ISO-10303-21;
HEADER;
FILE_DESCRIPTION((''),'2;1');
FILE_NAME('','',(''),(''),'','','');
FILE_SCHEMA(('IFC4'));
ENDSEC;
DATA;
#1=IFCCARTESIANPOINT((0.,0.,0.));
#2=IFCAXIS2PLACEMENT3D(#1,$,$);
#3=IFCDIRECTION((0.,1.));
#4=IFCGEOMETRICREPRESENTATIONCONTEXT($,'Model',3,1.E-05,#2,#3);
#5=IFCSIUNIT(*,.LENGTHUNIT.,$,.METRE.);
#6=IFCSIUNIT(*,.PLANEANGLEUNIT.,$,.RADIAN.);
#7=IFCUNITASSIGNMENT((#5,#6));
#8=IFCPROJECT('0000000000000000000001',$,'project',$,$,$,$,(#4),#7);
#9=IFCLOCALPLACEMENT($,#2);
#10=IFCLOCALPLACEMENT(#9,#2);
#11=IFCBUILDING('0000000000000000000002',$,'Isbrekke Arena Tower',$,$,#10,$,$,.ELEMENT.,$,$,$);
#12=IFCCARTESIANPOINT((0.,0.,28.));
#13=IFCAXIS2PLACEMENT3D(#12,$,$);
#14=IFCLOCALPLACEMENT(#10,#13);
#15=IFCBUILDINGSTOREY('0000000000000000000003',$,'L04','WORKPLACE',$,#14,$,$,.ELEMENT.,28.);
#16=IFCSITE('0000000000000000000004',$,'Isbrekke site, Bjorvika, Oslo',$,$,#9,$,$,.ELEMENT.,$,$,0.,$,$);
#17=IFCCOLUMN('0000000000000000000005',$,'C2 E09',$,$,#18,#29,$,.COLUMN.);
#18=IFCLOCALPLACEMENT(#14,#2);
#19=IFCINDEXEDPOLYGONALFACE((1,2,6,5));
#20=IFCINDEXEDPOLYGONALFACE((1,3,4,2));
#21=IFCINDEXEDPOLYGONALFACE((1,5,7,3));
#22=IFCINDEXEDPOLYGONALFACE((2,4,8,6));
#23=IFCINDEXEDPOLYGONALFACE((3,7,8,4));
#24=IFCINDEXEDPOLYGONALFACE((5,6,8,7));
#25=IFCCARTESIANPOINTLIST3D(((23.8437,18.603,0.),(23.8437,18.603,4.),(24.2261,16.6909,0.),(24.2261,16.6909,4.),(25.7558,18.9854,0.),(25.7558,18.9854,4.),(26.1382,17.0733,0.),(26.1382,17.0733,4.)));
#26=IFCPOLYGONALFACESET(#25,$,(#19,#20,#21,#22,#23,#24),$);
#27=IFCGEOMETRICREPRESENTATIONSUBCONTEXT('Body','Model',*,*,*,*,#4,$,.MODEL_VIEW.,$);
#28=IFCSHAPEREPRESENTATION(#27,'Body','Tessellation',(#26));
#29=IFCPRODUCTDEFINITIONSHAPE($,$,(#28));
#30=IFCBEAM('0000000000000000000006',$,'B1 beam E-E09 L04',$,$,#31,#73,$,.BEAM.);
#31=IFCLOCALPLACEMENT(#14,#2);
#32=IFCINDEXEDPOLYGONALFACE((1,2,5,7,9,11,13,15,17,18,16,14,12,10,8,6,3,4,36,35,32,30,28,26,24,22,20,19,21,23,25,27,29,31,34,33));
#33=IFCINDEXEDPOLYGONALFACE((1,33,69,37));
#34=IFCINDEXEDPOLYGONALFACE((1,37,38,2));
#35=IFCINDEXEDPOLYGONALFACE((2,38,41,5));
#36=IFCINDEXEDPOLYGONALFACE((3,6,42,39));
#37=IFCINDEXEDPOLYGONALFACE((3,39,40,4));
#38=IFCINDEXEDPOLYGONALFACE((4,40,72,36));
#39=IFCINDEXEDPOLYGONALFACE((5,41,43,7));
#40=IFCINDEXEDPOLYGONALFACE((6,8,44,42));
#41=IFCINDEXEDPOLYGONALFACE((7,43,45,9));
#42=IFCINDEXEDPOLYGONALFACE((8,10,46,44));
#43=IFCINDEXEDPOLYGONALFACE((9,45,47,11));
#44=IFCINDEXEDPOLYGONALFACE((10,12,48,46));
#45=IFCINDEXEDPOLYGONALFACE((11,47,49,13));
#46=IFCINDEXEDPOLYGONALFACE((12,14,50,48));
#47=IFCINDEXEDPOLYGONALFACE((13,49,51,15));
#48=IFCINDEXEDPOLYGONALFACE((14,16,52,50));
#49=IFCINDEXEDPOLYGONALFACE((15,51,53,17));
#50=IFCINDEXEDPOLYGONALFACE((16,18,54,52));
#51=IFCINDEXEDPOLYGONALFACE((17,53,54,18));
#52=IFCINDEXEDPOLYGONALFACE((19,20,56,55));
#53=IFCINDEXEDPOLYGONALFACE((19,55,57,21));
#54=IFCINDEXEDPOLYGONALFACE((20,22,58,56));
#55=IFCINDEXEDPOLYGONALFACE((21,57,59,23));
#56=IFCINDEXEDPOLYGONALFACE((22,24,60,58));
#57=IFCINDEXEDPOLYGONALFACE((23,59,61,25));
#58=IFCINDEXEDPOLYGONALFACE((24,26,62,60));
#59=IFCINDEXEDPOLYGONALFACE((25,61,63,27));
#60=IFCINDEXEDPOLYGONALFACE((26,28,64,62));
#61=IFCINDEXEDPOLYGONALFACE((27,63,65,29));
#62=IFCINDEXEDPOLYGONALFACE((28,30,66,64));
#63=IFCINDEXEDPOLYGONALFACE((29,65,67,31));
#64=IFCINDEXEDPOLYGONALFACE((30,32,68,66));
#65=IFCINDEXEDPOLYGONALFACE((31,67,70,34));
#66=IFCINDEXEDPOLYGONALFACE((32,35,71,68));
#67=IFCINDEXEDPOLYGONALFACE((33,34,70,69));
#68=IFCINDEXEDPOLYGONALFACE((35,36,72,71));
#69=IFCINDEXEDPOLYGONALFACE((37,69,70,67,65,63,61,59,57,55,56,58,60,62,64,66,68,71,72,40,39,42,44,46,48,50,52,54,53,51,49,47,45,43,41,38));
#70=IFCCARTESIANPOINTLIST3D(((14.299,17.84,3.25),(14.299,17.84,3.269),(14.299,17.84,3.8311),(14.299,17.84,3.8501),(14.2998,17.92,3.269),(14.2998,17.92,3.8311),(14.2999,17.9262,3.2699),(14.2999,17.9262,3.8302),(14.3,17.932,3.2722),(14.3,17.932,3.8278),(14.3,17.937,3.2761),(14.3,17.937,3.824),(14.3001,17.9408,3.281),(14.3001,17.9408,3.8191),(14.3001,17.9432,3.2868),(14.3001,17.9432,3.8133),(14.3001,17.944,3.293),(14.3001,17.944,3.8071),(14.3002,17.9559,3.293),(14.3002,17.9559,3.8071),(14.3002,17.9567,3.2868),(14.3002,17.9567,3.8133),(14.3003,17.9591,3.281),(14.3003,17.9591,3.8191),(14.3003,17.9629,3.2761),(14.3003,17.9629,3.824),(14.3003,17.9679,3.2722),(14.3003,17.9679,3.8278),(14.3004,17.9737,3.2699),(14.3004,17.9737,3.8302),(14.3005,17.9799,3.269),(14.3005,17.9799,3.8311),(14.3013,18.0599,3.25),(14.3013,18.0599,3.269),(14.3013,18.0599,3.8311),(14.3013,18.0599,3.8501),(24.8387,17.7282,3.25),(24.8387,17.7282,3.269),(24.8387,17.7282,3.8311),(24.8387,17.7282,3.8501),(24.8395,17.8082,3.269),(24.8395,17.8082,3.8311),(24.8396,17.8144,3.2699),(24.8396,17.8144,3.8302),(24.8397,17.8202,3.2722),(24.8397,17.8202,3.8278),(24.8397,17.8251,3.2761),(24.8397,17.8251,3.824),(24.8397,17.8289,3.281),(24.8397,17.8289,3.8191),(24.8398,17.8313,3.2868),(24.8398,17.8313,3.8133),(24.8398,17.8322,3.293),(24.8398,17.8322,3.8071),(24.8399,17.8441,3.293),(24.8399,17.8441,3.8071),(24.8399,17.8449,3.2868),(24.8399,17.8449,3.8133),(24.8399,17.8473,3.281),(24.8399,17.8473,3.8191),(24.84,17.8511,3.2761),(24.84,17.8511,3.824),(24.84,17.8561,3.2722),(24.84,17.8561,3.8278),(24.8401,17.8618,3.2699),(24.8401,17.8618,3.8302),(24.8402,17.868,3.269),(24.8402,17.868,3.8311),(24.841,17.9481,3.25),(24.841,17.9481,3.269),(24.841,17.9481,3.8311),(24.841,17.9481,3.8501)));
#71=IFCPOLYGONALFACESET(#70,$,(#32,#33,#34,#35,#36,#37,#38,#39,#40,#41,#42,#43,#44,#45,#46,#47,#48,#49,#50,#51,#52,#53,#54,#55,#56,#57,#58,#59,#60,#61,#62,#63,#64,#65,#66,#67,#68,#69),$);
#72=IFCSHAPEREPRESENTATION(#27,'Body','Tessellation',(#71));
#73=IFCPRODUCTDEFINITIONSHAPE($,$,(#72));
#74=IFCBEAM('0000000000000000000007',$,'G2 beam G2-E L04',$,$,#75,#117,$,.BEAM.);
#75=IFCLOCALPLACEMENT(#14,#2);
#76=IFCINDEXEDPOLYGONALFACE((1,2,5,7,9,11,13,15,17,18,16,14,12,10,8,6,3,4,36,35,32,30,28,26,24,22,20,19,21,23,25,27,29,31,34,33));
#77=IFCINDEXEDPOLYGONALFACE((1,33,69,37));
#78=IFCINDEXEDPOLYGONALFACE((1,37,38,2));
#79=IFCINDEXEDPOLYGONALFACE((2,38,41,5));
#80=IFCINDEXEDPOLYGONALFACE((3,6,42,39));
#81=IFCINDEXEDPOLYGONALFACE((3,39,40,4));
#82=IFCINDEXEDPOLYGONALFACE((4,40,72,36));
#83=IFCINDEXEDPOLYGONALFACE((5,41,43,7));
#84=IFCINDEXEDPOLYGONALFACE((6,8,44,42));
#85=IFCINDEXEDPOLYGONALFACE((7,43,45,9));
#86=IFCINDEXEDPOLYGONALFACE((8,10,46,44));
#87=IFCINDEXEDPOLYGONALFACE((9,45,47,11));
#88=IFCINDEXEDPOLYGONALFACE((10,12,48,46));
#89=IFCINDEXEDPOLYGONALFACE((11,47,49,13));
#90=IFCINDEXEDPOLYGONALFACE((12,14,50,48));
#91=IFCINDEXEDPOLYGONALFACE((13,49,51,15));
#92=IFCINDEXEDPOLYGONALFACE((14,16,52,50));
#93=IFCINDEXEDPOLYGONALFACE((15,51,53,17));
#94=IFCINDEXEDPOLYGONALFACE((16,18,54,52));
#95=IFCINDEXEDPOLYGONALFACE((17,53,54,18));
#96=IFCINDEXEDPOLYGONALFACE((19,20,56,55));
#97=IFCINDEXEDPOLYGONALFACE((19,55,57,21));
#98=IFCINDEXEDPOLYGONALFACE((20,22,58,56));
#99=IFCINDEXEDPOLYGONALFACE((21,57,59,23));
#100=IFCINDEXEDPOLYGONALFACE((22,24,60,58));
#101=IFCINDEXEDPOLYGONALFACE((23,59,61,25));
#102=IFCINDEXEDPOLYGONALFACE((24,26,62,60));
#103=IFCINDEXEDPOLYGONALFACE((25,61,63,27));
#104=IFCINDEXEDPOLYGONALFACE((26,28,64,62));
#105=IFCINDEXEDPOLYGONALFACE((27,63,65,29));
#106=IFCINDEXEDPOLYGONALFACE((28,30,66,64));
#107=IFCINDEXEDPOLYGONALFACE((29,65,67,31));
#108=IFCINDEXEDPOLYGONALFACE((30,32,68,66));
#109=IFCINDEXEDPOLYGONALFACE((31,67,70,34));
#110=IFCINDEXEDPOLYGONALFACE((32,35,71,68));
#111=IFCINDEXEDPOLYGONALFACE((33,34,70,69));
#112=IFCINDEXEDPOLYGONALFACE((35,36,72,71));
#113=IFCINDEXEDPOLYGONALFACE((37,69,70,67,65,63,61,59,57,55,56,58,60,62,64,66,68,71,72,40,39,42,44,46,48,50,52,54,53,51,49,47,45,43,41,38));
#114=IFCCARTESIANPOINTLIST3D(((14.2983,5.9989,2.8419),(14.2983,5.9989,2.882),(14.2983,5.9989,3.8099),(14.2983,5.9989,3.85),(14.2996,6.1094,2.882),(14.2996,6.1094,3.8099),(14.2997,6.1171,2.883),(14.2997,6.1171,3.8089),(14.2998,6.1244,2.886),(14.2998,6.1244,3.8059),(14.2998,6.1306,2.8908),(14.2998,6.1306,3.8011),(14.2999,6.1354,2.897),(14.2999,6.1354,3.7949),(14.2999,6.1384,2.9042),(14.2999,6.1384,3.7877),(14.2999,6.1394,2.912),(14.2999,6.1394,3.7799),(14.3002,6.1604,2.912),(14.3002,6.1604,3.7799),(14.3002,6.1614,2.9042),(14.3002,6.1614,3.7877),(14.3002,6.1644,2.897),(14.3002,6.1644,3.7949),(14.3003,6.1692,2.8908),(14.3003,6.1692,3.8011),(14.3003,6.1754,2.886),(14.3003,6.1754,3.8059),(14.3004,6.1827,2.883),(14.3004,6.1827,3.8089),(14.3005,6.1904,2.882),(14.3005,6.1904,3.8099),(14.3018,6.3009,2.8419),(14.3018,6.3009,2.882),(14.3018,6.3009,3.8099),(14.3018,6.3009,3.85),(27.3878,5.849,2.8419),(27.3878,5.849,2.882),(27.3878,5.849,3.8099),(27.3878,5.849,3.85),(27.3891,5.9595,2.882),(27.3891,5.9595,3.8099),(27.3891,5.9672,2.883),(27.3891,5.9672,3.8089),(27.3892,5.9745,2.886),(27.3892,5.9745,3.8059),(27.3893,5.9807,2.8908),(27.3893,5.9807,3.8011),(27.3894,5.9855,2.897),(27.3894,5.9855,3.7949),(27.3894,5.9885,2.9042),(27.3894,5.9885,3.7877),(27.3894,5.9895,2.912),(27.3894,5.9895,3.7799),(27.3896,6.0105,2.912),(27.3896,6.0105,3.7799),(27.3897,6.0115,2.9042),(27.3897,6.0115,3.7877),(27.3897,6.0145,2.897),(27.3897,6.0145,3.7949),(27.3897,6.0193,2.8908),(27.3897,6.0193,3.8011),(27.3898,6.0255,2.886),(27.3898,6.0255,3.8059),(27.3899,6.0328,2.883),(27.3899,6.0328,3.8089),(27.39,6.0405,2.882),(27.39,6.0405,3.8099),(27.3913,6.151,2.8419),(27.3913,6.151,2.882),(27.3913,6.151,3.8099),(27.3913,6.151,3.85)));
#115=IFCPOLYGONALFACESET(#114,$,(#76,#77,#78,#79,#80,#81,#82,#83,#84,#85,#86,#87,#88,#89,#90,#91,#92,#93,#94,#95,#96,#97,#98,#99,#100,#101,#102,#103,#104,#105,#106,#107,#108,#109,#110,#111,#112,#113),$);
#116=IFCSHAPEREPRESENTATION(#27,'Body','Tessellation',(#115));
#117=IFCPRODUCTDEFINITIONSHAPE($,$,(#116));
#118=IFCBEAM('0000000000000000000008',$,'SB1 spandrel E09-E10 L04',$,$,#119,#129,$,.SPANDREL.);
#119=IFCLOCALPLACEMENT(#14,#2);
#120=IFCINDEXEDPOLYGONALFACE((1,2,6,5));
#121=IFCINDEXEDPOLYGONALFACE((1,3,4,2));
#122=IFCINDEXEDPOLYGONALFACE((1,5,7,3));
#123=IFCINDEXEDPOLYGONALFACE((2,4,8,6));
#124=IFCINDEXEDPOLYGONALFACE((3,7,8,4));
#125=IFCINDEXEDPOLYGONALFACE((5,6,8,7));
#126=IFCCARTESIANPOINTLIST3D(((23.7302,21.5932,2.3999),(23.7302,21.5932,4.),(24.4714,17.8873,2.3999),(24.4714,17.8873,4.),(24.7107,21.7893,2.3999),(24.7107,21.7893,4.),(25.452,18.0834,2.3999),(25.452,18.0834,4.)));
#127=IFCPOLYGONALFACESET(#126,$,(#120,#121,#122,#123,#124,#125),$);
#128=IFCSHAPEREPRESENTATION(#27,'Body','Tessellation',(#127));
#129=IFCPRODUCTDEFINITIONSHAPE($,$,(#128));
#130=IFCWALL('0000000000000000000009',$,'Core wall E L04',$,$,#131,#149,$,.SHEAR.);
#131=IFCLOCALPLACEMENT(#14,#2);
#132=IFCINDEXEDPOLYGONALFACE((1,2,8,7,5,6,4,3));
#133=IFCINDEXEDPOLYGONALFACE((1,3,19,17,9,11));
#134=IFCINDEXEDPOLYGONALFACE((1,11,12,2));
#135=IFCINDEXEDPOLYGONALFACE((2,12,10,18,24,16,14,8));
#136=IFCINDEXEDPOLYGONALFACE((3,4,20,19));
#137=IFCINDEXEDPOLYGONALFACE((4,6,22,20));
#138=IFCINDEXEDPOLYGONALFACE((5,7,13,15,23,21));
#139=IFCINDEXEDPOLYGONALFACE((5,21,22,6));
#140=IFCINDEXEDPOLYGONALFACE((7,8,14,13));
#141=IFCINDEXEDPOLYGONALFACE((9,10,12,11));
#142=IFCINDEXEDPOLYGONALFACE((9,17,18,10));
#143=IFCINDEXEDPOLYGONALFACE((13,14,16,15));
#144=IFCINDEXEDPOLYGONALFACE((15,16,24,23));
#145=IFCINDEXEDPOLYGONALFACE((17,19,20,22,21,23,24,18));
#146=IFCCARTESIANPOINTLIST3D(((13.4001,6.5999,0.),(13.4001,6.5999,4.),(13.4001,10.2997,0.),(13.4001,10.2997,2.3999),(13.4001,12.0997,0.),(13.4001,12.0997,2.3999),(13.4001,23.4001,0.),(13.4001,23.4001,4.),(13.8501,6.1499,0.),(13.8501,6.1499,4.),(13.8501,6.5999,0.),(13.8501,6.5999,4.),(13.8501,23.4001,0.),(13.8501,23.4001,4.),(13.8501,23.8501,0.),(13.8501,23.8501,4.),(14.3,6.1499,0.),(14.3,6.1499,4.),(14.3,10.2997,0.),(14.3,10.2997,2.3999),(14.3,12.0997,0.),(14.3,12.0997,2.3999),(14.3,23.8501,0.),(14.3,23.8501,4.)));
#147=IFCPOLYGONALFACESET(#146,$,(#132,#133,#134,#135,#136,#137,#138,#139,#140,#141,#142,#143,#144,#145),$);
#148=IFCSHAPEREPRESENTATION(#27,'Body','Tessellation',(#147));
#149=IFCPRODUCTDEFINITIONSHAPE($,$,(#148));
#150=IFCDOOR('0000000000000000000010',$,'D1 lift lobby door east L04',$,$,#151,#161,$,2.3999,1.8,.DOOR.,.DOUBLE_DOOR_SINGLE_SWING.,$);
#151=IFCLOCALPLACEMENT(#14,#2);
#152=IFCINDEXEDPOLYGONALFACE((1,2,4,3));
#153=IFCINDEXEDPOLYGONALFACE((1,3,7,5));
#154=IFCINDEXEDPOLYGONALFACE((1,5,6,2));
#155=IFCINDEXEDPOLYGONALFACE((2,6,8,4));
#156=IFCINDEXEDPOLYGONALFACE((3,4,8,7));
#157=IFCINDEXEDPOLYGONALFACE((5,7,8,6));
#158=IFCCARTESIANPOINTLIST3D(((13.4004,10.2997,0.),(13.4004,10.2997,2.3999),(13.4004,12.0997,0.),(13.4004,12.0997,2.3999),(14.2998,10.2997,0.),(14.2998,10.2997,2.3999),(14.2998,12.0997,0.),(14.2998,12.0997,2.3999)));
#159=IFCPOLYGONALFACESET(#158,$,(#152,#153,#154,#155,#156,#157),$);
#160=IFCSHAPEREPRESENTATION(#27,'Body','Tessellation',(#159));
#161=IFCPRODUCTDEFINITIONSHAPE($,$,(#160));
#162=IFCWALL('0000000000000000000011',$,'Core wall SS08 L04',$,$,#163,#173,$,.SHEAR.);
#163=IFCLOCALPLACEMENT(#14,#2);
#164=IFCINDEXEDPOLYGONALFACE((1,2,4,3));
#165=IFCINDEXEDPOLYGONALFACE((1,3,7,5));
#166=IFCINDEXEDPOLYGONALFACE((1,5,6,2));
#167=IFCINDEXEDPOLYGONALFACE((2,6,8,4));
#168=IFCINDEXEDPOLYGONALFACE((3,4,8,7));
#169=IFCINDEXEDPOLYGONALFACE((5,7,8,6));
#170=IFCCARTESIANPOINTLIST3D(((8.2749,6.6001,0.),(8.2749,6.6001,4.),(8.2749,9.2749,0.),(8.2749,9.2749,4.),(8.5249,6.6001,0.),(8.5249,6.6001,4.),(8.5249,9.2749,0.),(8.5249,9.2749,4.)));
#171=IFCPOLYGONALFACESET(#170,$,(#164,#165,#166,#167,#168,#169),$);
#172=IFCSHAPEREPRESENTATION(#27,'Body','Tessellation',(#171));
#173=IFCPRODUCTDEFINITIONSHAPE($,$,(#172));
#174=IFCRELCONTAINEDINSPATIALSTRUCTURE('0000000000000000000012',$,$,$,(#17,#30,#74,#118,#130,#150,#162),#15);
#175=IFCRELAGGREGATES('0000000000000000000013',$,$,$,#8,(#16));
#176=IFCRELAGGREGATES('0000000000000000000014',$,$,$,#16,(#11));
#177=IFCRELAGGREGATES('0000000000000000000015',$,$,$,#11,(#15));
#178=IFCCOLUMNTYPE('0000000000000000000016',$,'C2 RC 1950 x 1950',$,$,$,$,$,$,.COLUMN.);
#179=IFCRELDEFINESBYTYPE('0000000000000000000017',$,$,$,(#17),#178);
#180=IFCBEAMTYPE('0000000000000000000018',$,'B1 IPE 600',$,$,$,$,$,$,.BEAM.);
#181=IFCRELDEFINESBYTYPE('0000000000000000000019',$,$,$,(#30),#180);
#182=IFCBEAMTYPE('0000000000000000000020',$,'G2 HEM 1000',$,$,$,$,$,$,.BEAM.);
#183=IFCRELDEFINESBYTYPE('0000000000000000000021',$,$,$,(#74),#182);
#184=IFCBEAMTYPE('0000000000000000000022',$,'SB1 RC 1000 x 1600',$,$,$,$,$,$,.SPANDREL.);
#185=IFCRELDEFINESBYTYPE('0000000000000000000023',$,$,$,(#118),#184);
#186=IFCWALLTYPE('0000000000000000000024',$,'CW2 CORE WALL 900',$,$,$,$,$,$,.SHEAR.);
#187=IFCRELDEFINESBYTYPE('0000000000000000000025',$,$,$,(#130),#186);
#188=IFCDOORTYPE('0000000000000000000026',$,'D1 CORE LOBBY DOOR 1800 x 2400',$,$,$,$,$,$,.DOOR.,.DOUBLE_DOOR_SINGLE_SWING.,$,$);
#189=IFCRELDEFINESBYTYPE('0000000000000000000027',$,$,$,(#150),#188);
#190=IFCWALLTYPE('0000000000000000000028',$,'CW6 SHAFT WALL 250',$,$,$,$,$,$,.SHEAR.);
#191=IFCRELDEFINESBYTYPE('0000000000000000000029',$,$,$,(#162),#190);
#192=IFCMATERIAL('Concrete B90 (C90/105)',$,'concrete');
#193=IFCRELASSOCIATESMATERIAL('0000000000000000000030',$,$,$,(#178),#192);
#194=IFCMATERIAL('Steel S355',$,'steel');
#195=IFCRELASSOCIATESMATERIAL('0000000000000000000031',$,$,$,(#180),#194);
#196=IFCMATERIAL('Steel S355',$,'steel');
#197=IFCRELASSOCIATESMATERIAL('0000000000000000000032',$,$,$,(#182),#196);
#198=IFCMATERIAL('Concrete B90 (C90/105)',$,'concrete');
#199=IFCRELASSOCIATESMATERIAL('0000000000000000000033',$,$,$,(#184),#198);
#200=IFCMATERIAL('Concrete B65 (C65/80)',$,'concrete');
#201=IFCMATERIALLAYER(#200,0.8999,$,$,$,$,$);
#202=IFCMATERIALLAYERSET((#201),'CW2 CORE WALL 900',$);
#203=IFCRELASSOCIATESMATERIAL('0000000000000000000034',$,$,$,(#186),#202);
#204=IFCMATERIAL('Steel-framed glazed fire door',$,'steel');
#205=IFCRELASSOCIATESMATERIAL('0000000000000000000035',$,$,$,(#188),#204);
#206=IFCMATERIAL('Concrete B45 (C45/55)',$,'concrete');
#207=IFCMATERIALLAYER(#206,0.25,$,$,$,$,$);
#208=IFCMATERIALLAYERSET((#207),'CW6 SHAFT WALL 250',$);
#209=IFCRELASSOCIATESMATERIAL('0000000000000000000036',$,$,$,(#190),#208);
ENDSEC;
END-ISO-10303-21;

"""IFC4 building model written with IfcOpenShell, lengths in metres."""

from ifc_helpers import new_model, si_unit, direction, frame, frame_2d, origin, origin_2d, place, context, subcontext, project, spatial, polyline, rectangle, i_section, outline, extrude, material, layer, layer_set, material_profile, profile_set, type_object, element, fill, save


model = new_model("IFC4")

# Units and contexts
model_context = context("Model", 3, precision=1e-05, world=origin(), true_north=direction((0.0, 1.0)))
body_context = subcontext(model_context, "Body", "Model", "MODEL_VIEW")
ifc_project = project(units=[si_unit("LENGTHUNIT", "METRE"), si_unit("PLANEANGLEUNIT", "RADIAN")], contexts=[model_context])

# Site, building, storey
site_placement = place(None, origin())
site = spatial("IfcSite", under=ifc_project, at=site_placement, Name="Isbrekke site, Bjorvika, Oslo", CompositionType="ELEMENT", RefElevation=0.0)
building_placement = place(site_placement, origin())
building = spatial("IfcBuilding", under=site, at=building_placement, Name="Isbrekke Arena Tower", CompositionType="ELEMENT")
storey_placement = place(building_placement, frame((0.0, 0.0, 28.0)))
storey = spatial("IfcBuildingStorey", under=building, at=storey_placement, Name="L04", Description="WORKPLACE", CompositionType="ELEMENT", Elevation=28.0)

# Column
ifc_material_1 = material(Name="Concrete B90 (C90/105)", Category="concrete")
ifc_material_profile_1 = material_profile(ifc_material_1, rectangle(XDim=1.95, YDim=1.95, at=origin_2d()), Name="RC 1950x1950")
ifc_profile_set_1 = profile_set([ifc_material_profile_1], Name="Concrete B90 (C90/105)")
column_type = type_object("IfcColumnType", Name="C2 RC 1950 x 1950", PredefinedType="COLUMN", material=ifc_profile_set_1)
column_placement = place(storey_placement, frame((24.991, 17.8381, 0.0), z_axis=(0.0, 0.0, 1.0), x_axis=(-0.196116, 0.980581, 0.0)))
element("IfcColumn", 1, at=column_placement, inside=storey, type_object=column_type, Name="C2 E09", PredefinedType="COLUMN", context=body_context, shape_type="SweptSolid", body=[
    extrude(rectangle(XDim=1.95, YDim=1.95, at=origin_2d()), origin(), (0.0, 0.0, 1.0), 4.0),
])

# Beams
ifc_material_2 = material(Name="Steel S355", Category="steel")
ifc_material_profile_2 = material_profile(ifc_material_2, i_section(OverallWidth=0.22, OverallDepth=0.6001, WebThickness=0.012, FlangeThickness=0.019, FilletRadius=0.0239, at=origin_2d()), Name="IPE 600")
ifc_profile_set_2 = profile_set([ifc_material_profile_2], Name="Steel S355")
beam_type_1 = type_object("IfcBeamType", Name="B1 IPE 600", PredefinedType="BEAM", material=ifc_profile_set_2)
beam_1_placement = place(storey_placement, frame((24.8398, 17.8381, 3.55), z_axis=(-0.999944, 0.010608, 0.0), x_axis=(-0.010608, -0.999944, 0.0)))
element("IfcBeam", 2, at=beam_1_placement, inside=storey, type_object=beam_type_1, Name="B1 beam E-E09 L04", PredefinedType="BEAM", context=body_context, shape_type="SweptSolid", body=[
    extrude(i_section(OverallWidth=0.22, OverallDepth=0.6001, WebThickness=0.012, FlangeThickness=0.019, FilletRadius=0.0239, at=origin_2d()), origin(), (0.0, 0.0, 1.0), 10.5403),
])
ifc_material_3 = material(Name="Steel S355", Category="steel")
ifc_material_profile_3 = material_profile(ifc_material_3, i_section(OverallWidth=0.302, OverallDepth=1.0081, WebThickness=0.021, FlangeThickness=0.04, FilletRadius=0.03, at=origin_2d()), Name="HEM 1000")
ifc_profile_set_3 = profile_set([ifc_material_profile_3], Name="Steel S355")
beam_type_2 = type_object("IfcBeamType", Name="G2 HEM 1000", PredefinedType="BEAM", material=ifc_profile_set_3)
beam_2_placement = place(storey_placement, frame((14.3, 6.1499, 3.3459), z_axis=(0.999934, -0.011451, 0.0), x_axis=(0.011451, 0.999934, 0.0)))
element("IfcBeam", 3, at=beam_2_placement, inside=storey, type_object=beam_type_2, Name="G2 beam G2-E L04", PredefinedType="BEAM", context=body_context, shape_type="SweptSolid", body=[
    extrude(i_section(OverallWidth=0.302, OverallDepth=1.0081, WebThickness=0.021, FlangeThickness=0.04, FilletRadius=0.03, at=origin_2d()), origin(), (0.0, 0.0, 1.0), 13.0903),
])
ifc_material_4 = material(Name="Concrete B90 (C90/105)", Category="concrete")
ifc_material_profile_4 = material_profile(ifc_material_4, rectangle(XDim=1.0, YDim=1.6001, at=origin_2d()), Name="RC 1000x1600")
ifc_profile_set_4 = profile_set([ifc_material_profile_4], Name="Concrete B90 (C90/105)")
beam_type_3 = type_object("IfcBeamType", Name="SB1 RC 1000 x 1600", PredefinedType="SPANDREL", material=ifc_profile_set_4)
beam_3_placement = place(storey_placement, frame((24.9617, 17.9854, 3.2), z_axis=(-0.196129, 0.980578, 0.0), x_axis=(-0.980578, -0.196129, 0.0)))
element("IfcBeam", 4, at=beam_3_placement, inside=storey, type_object=beam_type_3, Name="SB1 spandrel E09-E10 L04", PredefinedType="SPANDREL", context=body_context, shape_type="SweptSolid", body=[
    extrude(rectangle(XDim=1.0, YDim=1.6001, at=origin_2d()), origin(), (0.0, 0.0, 1.0), 3.7793),
])

# Wall, opening, door
ifc_material_5 = material(Name="Concrete B65 (C65/80)", Category="concrete")
ifc_layer_1 = layer(ifc_material_5, 0.8999)
ifc_layer_set_1 = layer_set([ifc_layer_1], Name="CW2 CORE WALL 900")
wall_type_1 = type_object("IfcWallType", Name="CW2 CORE WALL 900", PredefinedType="SHEAR", material=ifc_layer_set_1)
wall_1_placement = place(storey_placement, frame((13.8501, 6.1499, 0.0), z_axis=(0.0, 0.0, 1.0), x_axis=(0.0, 1.0, 0.0)))
wall_1 = element("IfcWall", 5, at=wall_1_placement, inside=storey, type_object=wall_type_1, Name="Core wall E L04", PredefinedType="SHEAR", context=body_context, shape_type="SweptSolid", body=[
    extrude(outline(polyline([(0.0, -0.45), (17.7002, -0.45), (17.7002, 0.0), (17.2502, 0.0), (17.2502, 0.45), (0.45, 0.45), (0.45, 0.0), (0.0, 0.0), (0.0, -0.45)])), origin(), (0.0, 0.0, 1.0), 4.0),
])
opening_1_placement = place(wall_1_placement, frame((4.1499, 0.0, 0.0)))
opening_1 = element("IfcOpeningElement", 6, at=opening_1_placement, cuts=wall_1, PredefinedType="OPENING", context=body_context, shape_type="SweptSolid", body=[
    extrude(rectangle(XDim=1.8, YDim=2.3999, at=frame_2d((0.8999, 1.2))), frame((0.0, 0.4648, 0.0), z_axis=(0.0, -1.0, 0.0), x_axis=(1.0, 0.0, 0.0)), (0.0, 0.0, 1.0), 0.9297),
])
ifc_material_6 = material(Name="Steel-framed glazed fire door", Category="steel")
door_type_1 = type_object("IfcDoorType", Name="D1 CORE LOBBY DOOR 1800 x 2400", OperationType="DOUBLE_DOOR_SINGLE_SWING", PredefinedType="DOOR", material=ifc_material_6)
door_1_placement = place(opening_1_placement, origin())
door_1 = element("IfcDoor", 7, at=door_1_placement, inside=storey, type_object=door_type_1, Name="D1 lift lobby door east L04", OperationType="DOUBLE_DOOR_SINGLE_SWING", OverallHeight=2.3999, OverallWidth=1.8, PredefinedType="DOOR", context=body_context, shape_type="SweptSolid", body=[
    extrude(rectangle(XDim=1.8, YDim=2.3999, at=frame_2d((0.8999, 1.2))), frame((0.0, 0.4497, 0.0), z_axis=(0.0, -1.0, 0.0), x_axis=(1.0, 0.0, 0.0)), (0.0, 0.0, 1.0), 0.8994),
])
fill(opening_1, door_1)

# Wall
ifc_material_7 = material(Name="Concrete B45 (C45/55)", Category="concrete")
ifc_layer_2 = layer(ifc_material_7, 0.25)
ifc_layer_set_2 = layer_set([ifc_layer_2], Name="CW6 SHAFT WALL 250")
wall_type_2 = type_object("IfcWallType", Name="CW6 SHAFT WALL 250", PredefinedType="SHEAR", material=ifc_layer_set_2)
for number, where, z_axis, x_axis, name in (
    (8, (8.3999, 6.6001, 0.0), (0.0, 0.0, 1.0), (0.0, 1.0, 0.0), "Core wall SS08 L04"),
):
    element("IfcWall", number, at=place(storey_placement, frame(where, z_axis=z_axis, x_axis=x_axis)), inside=storey, type_object=wall_type_2, Name=name, PredefinedType="SHEAR", context=body_context, shape_type="SweptSolid", body=[
        extrude(rectangle(XDim=2.6748, YDim=0.25, at=frame_2d((1.3374, 0.0))), origin(), (0.0, 0.0, 1.0), 4.0),
    ])

save(model, "model.ifc")
